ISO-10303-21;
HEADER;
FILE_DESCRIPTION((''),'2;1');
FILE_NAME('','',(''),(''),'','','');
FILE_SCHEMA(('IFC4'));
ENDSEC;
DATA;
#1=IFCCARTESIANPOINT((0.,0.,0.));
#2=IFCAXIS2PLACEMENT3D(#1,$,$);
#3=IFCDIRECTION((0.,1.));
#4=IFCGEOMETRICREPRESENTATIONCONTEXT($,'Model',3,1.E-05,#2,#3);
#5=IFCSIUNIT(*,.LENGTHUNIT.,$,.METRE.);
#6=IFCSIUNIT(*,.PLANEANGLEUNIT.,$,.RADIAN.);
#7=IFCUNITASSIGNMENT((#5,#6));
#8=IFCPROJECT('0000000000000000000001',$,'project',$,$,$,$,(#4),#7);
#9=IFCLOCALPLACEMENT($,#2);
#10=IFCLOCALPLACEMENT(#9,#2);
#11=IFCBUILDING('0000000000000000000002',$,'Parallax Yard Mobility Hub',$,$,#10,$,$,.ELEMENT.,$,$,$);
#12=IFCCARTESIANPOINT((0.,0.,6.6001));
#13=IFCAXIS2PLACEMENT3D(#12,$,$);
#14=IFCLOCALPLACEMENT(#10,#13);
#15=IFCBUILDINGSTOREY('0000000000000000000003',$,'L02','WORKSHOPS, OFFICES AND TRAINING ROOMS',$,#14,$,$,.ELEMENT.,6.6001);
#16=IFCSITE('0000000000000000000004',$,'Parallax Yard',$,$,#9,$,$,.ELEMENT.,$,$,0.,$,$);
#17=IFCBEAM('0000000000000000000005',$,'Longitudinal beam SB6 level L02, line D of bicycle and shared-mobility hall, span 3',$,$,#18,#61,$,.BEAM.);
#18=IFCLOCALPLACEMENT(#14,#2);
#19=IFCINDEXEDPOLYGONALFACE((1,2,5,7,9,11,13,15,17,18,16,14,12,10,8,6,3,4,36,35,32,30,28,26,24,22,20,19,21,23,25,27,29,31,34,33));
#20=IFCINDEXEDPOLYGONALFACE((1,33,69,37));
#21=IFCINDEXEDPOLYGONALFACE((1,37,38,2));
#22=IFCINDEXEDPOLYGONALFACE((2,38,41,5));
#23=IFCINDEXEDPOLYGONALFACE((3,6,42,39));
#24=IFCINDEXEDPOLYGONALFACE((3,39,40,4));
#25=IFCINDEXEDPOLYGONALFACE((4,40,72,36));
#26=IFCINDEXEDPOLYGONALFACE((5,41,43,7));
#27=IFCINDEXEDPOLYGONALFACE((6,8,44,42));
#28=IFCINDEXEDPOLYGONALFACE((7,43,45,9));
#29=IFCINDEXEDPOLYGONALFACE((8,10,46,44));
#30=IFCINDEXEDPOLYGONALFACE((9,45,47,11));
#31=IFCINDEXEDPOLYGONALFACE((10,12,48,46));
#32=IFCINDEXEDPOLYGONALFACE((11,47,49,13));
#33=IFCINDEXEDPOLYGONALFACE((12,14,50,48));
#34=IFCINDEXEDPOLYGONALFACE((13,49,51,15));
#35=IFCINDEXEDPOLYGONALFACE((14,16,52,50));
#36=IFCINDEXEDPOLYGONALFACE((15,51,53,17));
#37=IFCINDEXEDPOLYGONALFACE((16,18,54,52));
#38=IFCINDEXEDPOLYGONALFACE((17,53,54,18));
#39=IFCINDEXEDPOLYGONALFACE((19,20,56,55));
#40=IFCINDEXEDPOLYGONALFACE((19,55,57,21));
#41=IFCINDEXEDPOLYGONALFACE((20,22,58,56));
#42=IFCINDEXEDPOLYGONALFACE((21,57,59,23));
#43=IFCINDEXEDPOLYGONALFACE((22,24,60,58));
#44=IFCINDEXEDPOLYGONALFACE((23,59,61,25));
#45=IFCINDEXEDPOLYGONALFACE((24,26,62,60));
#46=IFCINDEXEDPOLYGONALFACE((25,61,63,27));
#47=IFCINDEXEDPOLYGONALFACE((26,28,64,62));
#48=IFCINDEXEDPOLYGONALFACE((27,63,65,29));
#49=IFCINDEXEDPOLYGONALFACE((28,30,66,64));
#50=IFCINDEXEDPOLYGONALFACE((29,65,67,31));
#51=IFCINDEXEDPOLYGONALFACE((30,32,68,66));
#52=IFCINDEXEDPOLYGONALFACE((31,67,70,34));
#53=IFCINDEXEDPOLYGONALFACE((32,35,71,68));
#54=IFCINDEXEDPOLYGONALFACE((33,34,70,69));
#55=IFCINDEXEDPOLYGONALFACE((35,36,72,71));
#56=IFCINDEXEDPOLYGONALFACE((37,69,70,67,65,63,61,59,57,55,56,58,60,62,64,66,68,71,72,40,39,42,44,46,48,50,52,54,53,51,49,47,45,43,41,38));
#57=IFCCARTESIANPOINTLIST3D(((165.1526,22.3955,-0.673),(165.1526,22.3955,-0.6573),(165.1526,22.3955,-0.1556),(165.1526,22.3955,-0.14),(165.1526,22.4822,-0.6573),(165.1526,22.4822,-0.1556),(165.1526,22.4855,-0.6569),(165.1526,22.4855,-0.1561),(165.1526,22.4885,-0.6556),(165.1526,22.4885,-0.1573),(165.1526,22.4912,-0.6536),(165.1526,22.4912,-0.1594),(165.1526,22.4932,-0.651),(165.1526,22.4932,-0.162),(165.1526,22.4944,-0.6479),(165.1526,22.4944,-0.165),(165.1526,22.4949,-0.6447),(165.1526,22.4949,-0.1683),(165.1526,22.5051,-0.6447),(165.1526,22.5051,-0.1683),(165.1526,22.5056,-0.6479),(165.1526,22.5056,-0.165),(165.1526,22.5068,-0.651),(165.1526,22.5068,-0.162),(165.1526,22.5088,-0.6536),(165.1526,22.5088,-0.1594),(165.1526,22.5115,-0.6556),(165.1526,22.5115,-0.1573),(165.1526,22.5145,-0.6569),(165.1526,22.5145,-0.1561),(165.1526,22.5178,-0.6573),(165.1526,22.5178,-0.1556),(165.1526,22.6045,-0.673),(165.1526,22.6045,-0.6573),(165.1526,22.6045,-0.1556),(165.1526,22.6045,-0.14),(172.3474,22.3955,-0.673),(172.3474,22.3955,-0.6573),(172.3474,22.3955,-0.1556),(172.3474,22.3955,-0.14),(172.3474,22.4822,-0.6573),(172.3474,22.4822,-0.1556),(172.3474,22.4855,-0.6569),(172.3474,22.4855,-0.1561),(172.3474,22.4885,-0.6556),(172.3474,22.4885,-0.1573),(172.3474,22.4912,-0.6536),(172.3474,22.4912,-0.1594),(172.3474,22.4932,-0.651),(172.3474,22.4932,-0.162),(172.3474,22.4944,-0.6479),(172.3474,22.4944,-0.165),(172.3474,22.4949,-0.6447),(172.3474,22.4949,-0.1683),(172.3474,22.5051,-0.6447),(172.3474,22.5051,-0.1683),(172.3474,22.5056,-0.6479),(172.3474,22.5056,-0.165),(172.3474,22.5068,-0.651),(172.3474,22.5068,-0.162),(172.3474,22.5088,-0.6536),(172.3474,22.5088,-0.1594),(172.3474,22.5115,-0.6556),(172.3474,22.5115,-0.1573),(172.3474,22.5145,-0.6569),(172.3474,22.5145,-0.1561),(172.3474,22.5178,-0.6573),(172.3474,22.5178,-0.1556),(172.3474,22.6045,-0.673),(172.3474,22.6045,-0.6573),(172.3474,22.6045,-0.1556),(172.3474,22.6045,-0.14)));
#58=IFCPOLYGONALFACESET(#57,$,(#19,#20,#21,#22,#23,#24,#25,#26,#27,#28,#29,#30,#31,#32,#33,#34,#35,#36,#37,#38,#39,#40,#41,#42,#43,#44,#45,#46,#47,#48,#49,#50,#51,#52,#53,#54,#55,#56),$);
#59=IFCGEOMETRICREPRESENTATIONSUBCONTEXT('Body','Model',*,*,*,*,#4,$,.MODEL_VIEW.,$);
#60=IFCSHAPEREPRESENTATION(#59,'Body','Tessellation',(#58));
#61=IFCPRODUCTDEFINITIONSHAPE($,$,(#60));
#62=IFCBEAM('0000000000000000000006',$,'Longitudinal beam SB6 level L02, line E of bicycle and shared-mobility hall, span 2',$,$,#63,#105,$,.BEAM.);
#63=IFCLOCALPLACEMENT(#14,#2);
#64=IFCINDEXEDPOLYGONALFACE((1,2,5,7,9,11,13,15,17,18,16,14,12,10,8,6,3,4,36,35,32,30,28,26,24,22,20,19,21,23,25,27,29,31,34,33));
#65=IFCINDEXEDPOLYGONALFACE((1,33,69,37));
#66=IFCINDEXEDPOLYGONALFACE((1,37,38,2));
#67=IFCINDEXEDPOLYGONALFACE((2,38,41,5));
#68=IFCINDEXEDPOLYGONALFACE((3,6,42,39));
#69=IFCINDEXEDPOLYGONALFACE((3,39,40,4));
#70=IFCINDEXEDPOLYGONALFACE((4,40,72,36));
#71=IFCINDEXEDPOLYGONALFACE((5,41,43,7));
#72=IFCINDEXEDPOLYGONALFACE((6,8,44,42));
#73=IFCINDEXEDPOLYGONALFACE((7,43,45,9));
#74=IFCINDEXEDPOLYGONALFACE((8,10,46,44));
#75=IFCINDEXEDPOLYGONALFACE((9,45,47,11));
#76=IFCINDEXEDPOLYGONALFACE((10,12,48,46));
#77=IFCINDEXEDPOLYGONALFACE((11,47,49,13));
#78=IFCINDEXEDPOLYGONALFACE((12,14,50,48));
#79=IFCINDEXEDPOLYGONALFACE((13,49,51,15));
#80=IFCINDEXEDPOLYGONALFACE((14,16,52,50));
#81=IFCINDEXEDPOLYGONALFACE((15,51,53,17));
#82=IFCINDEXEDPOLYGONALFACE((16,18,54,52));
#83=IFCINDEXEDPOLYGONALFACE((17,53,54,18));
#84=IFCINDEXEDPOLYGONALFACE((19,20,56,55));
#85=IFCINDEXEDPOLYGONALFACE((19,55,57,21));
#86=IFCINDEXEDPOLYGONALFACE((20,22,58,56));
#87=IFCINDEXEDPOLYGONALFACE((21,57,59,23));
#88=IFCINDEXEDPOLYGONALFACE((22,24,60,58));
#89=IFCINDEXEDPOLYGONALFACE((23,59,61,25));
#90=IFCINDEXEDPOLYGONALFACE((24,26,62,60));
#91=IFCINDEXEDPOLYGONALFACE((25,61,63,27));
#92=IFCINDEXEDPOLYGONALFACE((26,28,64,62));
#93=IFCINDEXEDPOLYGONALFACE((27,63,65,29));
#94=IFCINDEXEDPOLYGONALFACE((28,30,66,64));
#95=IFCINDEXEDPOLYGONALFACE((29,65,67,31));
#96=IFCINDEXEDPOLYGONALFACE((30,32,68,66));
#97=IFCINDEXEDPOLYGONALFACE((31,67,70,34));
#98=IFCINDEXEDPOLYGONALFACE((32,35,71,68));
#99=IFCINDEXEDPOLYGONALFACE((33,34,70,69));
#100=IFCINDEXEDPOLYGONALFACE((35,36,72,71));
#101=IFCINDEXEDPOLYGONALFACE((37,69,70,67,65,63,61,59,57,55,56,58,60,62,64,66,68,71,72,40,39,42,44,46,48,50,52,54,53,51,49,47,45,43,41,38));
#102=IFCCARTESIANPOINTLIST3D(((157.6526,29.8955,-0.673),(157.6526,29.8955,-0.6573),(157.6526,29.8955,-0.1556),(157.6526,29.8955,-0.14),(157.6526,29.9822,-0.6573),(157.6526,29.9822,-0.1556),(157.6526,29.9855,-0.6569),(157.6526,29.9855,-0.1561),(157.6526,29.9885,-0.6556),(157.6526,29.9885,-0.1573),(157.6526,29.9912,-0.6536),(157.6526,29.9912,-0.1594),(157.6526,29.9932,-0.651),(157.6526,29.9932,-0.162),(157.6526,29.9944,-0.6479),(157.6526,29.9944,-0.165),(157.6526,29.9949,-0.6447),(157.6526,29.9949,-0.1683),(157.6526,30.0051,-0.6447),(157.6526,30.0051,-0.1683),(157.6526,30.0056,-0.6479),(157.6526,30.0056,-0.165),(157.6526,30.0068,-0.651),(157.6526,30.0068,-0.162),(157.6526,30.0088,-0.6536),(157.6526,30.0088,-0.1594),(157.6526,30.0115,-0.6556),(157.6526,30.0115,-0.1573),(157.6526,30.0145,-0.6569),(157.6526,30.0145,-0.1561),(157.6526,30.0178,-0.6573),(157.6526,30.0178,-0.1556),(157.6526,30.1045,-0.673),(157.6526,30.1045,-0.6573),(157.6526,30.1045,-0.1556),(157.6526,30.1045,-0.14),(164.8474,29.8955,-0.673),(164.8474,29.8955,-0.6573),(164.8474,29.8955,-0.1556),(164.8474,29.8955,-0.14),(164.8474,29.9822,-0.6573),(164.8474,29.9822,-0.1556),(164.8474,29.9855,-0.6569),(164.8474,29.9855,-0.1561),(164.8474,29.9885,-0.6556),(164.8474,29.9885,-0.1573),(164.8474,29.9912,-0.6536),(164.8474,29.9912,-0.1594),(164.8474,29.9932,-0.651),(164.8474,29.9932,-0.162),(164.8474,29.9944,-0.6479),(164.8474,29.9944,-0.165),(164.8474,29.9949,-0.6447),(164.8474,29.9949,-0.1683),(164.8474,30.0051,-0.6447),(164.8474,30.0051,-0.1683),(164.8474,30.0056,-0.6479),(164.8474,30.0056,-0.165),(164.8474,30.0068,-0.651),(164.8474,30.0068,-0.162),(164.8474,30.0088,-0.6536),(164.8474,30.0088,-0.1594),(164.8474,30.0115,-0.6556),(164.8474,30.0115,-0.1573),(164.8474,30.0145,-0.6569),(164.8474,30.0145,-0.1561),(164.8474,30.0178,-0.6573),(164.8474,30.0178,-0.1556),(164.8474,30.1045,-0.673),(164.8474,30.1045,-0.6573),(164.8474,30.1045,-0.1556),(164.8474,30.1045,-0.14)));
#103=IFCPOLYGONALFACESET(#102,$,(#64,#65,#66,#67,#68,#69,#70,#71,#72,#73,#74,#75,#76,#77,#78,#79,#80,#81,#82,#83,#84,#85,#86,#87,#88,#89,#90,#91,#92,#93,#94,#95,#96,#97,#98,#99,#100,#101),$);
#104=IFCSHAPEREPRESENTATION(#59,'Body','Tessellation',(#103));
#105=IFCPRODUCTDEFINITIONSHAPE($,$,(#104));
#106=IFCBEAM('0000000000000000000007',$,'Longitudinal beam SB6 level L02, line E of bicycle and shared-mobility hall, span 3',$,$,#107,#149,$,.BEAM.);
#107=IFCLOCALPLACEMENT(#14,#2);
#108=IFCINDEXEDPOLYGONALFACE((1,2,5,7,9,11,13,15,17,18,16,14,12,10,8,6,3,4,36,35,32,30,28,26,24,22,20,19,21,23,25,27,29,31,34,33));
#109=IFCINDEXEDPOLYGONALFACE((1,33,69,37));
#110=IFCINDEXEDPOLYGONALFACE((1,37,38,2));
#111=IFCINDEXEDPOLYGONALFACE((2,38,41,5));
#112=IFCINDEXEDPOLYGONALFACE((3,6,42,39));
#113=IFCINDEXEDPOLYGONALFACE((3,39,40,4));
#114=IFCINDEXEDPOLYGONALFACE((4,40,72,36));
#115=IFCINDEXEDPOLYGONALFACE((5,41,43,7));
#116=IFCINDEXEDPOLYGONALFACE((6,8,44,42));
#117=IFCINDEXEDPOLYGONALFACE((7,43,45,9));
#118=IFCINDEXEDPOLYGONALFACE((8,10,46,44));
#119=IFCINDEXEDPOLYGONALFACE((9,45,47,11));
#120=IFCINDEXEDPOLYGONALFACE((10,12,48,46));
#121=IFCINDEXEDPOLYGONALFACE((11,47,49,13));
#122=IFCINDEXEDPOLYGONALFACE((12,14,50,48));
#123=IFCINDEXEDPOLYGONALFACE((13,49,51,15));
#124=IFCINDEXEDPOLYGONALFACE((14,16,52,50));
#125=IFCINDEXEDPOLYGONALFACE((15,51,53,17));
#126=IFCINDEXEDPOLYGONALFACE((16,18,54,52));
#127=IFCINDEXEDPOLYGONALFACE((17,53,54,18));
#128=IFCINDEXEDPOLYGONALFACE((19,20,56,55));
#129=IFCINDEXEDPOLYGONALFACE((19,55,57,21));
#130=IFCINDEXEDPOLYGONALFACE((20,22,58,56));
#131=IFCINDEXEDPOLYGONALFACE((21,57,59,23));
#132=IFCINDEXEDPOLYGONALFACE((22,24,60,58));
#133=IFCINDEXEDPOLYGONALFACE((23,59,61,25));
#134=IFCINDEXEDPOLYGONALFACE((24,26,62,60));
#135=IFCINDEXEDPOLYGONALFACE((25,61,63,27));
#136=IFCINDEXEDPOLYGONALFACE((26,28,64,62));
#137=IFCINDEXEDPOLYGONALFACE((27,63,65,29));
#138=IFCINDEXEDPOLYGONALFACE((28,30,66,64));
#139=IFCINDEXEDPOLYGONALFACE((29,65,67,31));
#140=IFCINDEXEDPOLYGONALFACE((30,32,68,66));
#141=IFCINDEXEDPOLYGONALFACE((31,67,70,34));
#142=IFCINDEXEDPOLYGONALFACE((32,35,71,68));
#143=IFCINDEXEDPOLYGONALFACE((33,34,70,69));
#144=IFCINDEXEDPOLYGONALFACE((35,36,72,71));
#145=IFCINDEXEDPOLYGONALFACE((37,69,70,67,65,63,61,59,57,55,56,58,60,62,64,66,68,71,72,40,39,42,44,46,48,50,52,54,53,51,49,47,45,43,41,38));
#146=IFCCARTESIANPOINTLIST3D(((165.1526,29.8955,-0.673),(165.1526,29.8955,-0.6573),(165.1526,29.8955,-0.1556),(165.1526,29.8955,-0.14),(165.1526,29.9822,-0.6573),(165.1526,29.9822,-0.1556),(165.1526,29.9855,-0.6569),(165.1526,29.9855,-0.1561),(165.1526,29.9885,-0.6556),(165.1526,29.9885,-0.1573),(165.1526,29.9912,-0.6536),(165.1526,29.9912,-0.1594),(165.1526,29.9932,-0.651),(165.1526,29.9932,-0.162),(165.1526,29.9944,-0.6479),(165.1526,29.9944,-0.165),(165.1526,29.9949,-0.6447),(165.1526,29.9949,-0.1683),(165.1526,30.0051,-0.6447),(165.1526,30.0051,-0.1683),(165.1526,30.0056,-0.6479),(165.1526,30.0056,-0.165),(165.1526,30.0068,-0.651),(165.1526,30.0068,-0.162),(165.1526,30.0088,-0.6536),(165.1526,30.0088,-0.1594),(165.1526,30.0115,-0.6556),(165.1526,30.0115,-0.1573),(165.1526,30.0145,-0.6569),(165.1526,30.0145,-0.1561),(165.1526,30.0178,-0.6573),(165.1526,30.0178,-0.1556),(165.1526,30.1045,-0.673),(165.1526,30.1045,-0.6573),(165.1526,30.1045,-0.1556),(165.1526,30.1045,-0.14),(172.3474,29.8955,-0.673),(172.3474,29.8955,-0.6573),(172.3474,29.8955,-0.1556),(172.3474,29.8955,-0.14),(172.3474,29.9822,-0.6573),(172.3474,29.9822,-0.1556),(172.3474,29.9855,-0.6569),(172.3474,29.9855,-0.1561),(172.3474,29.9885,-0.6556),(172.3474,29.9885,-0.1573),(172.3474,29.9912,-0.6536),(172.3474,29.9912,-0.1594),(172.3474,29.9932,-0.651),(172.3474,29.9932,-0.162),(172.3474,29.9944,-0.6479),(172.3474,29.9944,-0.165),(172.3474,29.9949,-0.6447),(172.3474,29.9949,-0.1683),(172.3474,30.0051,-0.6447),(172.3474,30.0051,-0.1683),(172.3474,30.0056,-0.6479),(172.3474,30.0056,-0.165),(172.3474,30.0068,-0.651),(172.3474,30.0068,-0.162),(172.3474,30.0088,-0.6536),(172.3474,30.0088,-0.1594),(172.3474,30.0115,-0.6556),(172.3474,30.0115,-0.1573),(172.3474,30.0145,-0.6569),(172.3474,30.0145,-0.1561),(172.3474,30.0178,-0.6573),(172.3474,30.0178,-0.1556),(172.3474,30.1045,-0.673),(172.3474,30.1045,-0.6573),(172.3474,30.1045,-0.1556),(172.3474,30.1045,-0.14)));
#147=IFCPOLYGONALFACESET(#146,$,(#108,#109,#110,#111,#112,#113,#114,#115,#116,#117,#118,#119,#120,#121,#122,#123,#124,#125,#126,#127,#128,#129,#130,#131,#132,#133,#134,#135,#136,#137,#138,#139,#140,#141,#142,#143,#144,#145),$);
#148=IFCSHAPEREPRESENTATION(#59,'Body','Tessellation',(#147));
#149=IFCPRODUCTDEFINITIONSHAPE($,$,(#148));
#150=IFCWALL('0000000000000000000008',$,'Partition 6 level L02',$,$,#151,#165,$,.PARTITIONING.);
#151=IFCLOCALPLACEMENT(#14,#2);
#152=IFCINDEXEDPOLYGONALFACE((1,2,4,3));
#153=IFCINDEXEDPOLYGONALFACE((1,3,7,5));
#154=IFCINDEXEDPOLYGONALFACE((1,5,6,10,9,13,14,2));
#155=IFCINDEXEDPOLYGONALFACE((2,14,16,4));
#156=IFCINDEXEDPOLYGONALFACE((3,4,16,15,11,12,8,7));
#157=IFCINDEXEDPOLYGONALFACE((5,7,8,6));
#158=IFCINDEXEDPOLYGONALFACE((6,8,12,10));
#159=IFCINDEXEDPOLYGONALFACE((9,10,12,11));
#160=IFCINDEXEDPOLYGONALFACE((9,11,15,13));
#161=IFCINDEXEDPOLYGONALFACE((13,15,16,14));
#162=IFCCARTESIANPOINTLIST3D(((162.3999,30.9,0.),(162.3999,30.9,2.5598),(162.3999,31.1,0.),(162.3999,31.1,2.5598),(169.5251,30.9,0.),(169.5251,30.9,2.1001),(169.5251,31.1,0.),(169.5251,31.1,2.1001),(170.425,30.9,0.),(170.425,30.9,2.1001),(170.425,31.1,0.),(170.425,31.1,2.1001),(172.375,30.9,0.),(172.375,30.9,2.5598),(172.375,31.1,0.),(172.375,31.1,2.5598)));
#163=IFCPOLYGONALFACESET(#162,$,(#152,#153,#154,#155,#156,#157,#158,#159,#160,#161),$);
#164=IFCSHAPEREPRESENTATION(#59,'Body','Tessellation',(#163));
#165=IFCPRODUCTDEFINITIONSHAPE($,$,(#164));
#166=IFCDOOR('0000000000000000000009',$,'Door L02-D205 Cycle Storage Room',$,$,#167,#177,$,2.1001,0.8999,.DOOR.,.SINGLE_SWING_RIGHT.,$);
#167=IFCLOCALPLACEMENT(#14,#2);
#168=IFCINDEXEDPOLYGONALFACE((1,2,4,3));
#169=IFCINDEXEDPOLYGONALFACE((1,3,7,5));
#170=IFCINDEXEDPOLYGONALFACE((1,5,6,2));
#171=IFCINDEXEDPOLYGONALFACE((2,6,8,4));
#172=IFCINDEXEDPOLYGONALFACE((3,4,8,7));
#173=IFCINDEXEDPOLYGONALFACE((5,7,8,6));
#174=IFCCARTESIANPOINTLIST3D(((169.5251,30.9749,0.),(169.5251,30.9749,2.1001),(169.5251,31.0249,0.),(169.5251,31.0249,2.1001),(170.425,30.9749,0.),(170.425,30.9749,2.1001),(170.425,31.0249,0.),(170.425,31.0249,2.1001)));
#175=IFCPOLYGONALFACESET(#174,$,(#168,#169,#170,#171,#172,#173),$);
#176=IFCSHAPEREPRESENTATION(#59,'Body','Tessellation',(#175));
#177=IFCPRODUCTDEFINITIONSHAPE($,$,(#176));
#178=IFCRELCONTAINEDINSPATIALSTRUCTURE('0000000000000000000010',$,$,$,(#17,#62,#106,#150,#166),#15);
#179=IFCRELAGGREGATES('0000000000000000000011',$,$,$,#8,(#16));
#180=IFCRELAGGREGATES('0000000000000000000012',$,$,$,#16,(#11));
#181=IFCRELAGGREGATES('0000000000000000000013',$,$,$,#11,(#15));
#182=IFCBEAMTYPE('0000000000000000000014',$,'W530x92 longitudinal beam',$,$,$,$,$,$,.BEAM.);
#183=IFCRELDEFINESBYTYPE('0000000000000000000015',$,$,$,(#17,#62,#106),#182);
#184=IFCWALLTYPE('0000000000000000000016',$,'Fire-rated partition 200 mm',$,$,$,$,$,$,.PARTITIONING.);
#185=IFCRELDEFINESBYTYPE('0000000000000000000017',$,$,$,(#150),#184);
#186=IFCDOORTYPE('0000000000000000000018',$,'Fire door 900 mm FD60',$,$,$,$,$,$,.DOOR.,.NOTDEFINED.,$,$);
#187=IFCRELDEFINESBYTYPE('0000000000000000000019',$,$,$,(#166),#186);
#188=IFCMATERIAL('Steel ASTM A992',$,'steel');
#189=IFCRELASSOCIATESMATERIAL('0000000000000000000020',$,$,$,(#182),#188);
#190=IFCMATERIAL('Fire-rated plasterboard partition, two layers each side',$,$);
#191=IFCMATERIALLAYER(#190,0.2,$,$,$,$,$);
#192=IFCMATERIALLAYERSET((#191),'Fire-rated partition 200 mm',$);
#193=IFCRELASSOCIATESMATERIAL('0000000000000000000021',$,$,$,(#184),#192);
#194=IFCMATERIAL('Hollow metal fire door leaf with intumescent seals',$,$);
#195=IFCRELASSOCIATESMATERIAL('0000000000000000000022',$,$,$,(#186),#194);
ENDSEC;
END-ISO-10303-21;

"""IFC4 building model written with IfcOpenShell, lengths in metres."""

from ifc_helpers import new_model, si_unit, direction, frame, frame_2d, origin, origin_2d, place, context, subcontext, project, spatial, rectangle, i_section, extrude, material, layer, layer_set, material_profile, profile_set, type_object, element, fill, save


model = new_model("IFC4")

# Units and contexts
model_context = context("Model", 3, precision=1e-05, world=origin(), true_north=direction((0.0, 1.0)))
body_context = subcontext(model_context, "Body", "Model", "MODEL_VIEW")
ifc_project = project(units=[si_unit("LENGTHUNIT", "METRE"), si_unit("PLANEANGLEUNIT", "RADIAN")], contexts=[model_context])

# Site, building, storey
site_placement = place(None, origin())
site = spatial("IfcSite", under=ifc_project, at=site_placement, Name="Parallax Yard", CompositionType="ELEMENT", RefElevation=0.0)
building_placement = place(site_placement, origin())
building = spatial("IfcBuilding", under=site, at=building_placement, Name="Parallax Yard Mobility Hub", CompositionType="ELEMENT")
storey_placement = place(building_placement, frame((0.0, 0.0, 6.6001)))
storey = spatial("IfcBuildingStorey", under=building, at=storey_placement, Name="L02", Description="WORKSHOPS, OFFICES AND TRAINING ROOMS", CompositionType="ELEMENT", Elevation=6.6001)

# Shared definitions
ifc_material_1 = material(Name="Steel ASTM A992", Category="steel")

# Beams
ifc_material_profile_1 = material_profile(ifc_material_1, i_section(OverallWidth=0.209, OverallDepth=0.533, WebThickness=0.0103, FlangeThickness=0.0156, FilletRadius=0.0127, at=origin_2d()), Name="W530x92")
ifc_profile_set_1 = profile_set([ifc_material_profile_1], Name="Steel ASTM A992")
beam_type_1 = type_object("IfcBeamType", Name="W530x92 longitudinal beam", PredefinedType="BEAM", material=ifc_profile_set_1)
for number, where, z_axis, x_axis, name in (
    (1, (165.1526, 22.5, -0.4065), (1.0, 0.0, 0.0), (0.0, 1.0, 0.0), "Longitudinal beam SB6 level L02, line D of bicycle and shared-mobility hall, span 3"),
    (2, (157.6526, 30.0, -0.4065), (1.0, 0.0, 0.0), (0.0, 1.0, 0.0), "Longitudinal beam SB6 level L02, line E of bicycle and shared-mobility hall, span 2"),
    (3, (165.1526, 30.0, -0.4065), (1.0, 0.0, 0.0), (0.0, 1.0, 0.0), "Longitudinal beam SB6 level L02, line E of bicycle and shared-mobility hall, span 3"),
):
    element("IfcBeam", number, at=place(storey_placement, frame(where, z_axis=z_axis, x_axis=x_axis)), inside=storey, type_object=beam_type_1, Name=name, PredefinedType="BEAM", context=body_context, shape_type="SweptSolid", body=[
        extrude(i_section(OverallWidth=0.209, OverallDepth=0.533, WebThickness=0.0103, FlangeThickness=0.0156, FilletRadius=0.0127, at=origin_2d()), origin(), (0.0, 0.0, 1.0), 7.1948),
    ])

# Wall, opening, door
ifc_material_2 = material(Name="Fire-rated plasterboard partition, two layers each side")
ifc_layer_1 = layer(ifc_material_2, 0.2)
ifc_layer_set_1 = layer_set([ifc_layer_1], Name="Fire-rated partition 200 mm")
wall_type_1 = type_object("IfcWallType", Name="Fire-rated partition 200 mm", PredefinedType="PARTITIONING", material=ifc_layer_set_1)
wall_1_placement = place(storey_placement, frame((162.3999, 31.0, 0.0), z_axis=(0.0, 0.0, 1.0), x_axis=(1.0, 0.0, 0.0)))
wall_1 = element("IfcWall", 4, at=wall_1_placement, inside=storey, type_object=wall_type_1, Name="Partition 6 level L02", PredefinedType="PARTITIONING", context=body_context, shape_type="SweptSolid", body=[
    extrude(rectangle(XDim=9.9751, YDim=0.2, at=frame_2d((4.9875, 0.0))), origin(), (0.0, 0.0, 1.0), 2.5598),
])
opening_1_placement = place(wall_1_placement, frame((7.1252, 0.0, 0.0)))
opening_1 = element("IfcOpeningElement", 5, at=opening_1_placement, cuts=wall_1, PredefinedType="OPENING", context=body_context, shape_type="SweptSolid", body=[
    extrude(rectangle(XDim=0.8999, YDim=2.1001, at=frame_2d((0.45, 1.05))), frame((0.0, 0.1099, 0.0), z_axis=(0.0, -1.0, 0.0), x_axis=(1.0, 0.0, 0.0)), (0.0, 0.0, 1.0), 0.22),
])
ifc_material_3 = material(Name="Hollow metal fire door leaf with intumescent seals")
door_type_1 = type_object("IfcDoorType", Name="Fire door 900 mm FD60", OperationType="NOTDEFINED", PredefinedType="DOOR", material=ifc_material_3)
door_1_placement = place(opening_1_placement, origin())
door_1 = element("IfcDoor", 6, at=door_1_placement, inside=storey, type_object=door_type_1, Name="Door L02-D205 Cycle Storage Room", OperationType="SINGLE_SWING_RIGHT", OverallHeight=2.1001, OverallWidth=0.8999, PredefinedType="DOOR", context=body_context, shape_type="SweptSolid", body=[
    extrude(rectangle(XDim=0.8999, YDim=2.1001, at=frame_2d((0.45, 1.05))), frame((0.0, 0.0249, 0.0), z_axis=(0.0, -1.0, 0.0), x_axis=(1.0, 0.0, 0.0)), (0.0, 0.0, 1.0), 0.05),
])
fill(opening_1, door_1)

save(model, "model.ifc")
